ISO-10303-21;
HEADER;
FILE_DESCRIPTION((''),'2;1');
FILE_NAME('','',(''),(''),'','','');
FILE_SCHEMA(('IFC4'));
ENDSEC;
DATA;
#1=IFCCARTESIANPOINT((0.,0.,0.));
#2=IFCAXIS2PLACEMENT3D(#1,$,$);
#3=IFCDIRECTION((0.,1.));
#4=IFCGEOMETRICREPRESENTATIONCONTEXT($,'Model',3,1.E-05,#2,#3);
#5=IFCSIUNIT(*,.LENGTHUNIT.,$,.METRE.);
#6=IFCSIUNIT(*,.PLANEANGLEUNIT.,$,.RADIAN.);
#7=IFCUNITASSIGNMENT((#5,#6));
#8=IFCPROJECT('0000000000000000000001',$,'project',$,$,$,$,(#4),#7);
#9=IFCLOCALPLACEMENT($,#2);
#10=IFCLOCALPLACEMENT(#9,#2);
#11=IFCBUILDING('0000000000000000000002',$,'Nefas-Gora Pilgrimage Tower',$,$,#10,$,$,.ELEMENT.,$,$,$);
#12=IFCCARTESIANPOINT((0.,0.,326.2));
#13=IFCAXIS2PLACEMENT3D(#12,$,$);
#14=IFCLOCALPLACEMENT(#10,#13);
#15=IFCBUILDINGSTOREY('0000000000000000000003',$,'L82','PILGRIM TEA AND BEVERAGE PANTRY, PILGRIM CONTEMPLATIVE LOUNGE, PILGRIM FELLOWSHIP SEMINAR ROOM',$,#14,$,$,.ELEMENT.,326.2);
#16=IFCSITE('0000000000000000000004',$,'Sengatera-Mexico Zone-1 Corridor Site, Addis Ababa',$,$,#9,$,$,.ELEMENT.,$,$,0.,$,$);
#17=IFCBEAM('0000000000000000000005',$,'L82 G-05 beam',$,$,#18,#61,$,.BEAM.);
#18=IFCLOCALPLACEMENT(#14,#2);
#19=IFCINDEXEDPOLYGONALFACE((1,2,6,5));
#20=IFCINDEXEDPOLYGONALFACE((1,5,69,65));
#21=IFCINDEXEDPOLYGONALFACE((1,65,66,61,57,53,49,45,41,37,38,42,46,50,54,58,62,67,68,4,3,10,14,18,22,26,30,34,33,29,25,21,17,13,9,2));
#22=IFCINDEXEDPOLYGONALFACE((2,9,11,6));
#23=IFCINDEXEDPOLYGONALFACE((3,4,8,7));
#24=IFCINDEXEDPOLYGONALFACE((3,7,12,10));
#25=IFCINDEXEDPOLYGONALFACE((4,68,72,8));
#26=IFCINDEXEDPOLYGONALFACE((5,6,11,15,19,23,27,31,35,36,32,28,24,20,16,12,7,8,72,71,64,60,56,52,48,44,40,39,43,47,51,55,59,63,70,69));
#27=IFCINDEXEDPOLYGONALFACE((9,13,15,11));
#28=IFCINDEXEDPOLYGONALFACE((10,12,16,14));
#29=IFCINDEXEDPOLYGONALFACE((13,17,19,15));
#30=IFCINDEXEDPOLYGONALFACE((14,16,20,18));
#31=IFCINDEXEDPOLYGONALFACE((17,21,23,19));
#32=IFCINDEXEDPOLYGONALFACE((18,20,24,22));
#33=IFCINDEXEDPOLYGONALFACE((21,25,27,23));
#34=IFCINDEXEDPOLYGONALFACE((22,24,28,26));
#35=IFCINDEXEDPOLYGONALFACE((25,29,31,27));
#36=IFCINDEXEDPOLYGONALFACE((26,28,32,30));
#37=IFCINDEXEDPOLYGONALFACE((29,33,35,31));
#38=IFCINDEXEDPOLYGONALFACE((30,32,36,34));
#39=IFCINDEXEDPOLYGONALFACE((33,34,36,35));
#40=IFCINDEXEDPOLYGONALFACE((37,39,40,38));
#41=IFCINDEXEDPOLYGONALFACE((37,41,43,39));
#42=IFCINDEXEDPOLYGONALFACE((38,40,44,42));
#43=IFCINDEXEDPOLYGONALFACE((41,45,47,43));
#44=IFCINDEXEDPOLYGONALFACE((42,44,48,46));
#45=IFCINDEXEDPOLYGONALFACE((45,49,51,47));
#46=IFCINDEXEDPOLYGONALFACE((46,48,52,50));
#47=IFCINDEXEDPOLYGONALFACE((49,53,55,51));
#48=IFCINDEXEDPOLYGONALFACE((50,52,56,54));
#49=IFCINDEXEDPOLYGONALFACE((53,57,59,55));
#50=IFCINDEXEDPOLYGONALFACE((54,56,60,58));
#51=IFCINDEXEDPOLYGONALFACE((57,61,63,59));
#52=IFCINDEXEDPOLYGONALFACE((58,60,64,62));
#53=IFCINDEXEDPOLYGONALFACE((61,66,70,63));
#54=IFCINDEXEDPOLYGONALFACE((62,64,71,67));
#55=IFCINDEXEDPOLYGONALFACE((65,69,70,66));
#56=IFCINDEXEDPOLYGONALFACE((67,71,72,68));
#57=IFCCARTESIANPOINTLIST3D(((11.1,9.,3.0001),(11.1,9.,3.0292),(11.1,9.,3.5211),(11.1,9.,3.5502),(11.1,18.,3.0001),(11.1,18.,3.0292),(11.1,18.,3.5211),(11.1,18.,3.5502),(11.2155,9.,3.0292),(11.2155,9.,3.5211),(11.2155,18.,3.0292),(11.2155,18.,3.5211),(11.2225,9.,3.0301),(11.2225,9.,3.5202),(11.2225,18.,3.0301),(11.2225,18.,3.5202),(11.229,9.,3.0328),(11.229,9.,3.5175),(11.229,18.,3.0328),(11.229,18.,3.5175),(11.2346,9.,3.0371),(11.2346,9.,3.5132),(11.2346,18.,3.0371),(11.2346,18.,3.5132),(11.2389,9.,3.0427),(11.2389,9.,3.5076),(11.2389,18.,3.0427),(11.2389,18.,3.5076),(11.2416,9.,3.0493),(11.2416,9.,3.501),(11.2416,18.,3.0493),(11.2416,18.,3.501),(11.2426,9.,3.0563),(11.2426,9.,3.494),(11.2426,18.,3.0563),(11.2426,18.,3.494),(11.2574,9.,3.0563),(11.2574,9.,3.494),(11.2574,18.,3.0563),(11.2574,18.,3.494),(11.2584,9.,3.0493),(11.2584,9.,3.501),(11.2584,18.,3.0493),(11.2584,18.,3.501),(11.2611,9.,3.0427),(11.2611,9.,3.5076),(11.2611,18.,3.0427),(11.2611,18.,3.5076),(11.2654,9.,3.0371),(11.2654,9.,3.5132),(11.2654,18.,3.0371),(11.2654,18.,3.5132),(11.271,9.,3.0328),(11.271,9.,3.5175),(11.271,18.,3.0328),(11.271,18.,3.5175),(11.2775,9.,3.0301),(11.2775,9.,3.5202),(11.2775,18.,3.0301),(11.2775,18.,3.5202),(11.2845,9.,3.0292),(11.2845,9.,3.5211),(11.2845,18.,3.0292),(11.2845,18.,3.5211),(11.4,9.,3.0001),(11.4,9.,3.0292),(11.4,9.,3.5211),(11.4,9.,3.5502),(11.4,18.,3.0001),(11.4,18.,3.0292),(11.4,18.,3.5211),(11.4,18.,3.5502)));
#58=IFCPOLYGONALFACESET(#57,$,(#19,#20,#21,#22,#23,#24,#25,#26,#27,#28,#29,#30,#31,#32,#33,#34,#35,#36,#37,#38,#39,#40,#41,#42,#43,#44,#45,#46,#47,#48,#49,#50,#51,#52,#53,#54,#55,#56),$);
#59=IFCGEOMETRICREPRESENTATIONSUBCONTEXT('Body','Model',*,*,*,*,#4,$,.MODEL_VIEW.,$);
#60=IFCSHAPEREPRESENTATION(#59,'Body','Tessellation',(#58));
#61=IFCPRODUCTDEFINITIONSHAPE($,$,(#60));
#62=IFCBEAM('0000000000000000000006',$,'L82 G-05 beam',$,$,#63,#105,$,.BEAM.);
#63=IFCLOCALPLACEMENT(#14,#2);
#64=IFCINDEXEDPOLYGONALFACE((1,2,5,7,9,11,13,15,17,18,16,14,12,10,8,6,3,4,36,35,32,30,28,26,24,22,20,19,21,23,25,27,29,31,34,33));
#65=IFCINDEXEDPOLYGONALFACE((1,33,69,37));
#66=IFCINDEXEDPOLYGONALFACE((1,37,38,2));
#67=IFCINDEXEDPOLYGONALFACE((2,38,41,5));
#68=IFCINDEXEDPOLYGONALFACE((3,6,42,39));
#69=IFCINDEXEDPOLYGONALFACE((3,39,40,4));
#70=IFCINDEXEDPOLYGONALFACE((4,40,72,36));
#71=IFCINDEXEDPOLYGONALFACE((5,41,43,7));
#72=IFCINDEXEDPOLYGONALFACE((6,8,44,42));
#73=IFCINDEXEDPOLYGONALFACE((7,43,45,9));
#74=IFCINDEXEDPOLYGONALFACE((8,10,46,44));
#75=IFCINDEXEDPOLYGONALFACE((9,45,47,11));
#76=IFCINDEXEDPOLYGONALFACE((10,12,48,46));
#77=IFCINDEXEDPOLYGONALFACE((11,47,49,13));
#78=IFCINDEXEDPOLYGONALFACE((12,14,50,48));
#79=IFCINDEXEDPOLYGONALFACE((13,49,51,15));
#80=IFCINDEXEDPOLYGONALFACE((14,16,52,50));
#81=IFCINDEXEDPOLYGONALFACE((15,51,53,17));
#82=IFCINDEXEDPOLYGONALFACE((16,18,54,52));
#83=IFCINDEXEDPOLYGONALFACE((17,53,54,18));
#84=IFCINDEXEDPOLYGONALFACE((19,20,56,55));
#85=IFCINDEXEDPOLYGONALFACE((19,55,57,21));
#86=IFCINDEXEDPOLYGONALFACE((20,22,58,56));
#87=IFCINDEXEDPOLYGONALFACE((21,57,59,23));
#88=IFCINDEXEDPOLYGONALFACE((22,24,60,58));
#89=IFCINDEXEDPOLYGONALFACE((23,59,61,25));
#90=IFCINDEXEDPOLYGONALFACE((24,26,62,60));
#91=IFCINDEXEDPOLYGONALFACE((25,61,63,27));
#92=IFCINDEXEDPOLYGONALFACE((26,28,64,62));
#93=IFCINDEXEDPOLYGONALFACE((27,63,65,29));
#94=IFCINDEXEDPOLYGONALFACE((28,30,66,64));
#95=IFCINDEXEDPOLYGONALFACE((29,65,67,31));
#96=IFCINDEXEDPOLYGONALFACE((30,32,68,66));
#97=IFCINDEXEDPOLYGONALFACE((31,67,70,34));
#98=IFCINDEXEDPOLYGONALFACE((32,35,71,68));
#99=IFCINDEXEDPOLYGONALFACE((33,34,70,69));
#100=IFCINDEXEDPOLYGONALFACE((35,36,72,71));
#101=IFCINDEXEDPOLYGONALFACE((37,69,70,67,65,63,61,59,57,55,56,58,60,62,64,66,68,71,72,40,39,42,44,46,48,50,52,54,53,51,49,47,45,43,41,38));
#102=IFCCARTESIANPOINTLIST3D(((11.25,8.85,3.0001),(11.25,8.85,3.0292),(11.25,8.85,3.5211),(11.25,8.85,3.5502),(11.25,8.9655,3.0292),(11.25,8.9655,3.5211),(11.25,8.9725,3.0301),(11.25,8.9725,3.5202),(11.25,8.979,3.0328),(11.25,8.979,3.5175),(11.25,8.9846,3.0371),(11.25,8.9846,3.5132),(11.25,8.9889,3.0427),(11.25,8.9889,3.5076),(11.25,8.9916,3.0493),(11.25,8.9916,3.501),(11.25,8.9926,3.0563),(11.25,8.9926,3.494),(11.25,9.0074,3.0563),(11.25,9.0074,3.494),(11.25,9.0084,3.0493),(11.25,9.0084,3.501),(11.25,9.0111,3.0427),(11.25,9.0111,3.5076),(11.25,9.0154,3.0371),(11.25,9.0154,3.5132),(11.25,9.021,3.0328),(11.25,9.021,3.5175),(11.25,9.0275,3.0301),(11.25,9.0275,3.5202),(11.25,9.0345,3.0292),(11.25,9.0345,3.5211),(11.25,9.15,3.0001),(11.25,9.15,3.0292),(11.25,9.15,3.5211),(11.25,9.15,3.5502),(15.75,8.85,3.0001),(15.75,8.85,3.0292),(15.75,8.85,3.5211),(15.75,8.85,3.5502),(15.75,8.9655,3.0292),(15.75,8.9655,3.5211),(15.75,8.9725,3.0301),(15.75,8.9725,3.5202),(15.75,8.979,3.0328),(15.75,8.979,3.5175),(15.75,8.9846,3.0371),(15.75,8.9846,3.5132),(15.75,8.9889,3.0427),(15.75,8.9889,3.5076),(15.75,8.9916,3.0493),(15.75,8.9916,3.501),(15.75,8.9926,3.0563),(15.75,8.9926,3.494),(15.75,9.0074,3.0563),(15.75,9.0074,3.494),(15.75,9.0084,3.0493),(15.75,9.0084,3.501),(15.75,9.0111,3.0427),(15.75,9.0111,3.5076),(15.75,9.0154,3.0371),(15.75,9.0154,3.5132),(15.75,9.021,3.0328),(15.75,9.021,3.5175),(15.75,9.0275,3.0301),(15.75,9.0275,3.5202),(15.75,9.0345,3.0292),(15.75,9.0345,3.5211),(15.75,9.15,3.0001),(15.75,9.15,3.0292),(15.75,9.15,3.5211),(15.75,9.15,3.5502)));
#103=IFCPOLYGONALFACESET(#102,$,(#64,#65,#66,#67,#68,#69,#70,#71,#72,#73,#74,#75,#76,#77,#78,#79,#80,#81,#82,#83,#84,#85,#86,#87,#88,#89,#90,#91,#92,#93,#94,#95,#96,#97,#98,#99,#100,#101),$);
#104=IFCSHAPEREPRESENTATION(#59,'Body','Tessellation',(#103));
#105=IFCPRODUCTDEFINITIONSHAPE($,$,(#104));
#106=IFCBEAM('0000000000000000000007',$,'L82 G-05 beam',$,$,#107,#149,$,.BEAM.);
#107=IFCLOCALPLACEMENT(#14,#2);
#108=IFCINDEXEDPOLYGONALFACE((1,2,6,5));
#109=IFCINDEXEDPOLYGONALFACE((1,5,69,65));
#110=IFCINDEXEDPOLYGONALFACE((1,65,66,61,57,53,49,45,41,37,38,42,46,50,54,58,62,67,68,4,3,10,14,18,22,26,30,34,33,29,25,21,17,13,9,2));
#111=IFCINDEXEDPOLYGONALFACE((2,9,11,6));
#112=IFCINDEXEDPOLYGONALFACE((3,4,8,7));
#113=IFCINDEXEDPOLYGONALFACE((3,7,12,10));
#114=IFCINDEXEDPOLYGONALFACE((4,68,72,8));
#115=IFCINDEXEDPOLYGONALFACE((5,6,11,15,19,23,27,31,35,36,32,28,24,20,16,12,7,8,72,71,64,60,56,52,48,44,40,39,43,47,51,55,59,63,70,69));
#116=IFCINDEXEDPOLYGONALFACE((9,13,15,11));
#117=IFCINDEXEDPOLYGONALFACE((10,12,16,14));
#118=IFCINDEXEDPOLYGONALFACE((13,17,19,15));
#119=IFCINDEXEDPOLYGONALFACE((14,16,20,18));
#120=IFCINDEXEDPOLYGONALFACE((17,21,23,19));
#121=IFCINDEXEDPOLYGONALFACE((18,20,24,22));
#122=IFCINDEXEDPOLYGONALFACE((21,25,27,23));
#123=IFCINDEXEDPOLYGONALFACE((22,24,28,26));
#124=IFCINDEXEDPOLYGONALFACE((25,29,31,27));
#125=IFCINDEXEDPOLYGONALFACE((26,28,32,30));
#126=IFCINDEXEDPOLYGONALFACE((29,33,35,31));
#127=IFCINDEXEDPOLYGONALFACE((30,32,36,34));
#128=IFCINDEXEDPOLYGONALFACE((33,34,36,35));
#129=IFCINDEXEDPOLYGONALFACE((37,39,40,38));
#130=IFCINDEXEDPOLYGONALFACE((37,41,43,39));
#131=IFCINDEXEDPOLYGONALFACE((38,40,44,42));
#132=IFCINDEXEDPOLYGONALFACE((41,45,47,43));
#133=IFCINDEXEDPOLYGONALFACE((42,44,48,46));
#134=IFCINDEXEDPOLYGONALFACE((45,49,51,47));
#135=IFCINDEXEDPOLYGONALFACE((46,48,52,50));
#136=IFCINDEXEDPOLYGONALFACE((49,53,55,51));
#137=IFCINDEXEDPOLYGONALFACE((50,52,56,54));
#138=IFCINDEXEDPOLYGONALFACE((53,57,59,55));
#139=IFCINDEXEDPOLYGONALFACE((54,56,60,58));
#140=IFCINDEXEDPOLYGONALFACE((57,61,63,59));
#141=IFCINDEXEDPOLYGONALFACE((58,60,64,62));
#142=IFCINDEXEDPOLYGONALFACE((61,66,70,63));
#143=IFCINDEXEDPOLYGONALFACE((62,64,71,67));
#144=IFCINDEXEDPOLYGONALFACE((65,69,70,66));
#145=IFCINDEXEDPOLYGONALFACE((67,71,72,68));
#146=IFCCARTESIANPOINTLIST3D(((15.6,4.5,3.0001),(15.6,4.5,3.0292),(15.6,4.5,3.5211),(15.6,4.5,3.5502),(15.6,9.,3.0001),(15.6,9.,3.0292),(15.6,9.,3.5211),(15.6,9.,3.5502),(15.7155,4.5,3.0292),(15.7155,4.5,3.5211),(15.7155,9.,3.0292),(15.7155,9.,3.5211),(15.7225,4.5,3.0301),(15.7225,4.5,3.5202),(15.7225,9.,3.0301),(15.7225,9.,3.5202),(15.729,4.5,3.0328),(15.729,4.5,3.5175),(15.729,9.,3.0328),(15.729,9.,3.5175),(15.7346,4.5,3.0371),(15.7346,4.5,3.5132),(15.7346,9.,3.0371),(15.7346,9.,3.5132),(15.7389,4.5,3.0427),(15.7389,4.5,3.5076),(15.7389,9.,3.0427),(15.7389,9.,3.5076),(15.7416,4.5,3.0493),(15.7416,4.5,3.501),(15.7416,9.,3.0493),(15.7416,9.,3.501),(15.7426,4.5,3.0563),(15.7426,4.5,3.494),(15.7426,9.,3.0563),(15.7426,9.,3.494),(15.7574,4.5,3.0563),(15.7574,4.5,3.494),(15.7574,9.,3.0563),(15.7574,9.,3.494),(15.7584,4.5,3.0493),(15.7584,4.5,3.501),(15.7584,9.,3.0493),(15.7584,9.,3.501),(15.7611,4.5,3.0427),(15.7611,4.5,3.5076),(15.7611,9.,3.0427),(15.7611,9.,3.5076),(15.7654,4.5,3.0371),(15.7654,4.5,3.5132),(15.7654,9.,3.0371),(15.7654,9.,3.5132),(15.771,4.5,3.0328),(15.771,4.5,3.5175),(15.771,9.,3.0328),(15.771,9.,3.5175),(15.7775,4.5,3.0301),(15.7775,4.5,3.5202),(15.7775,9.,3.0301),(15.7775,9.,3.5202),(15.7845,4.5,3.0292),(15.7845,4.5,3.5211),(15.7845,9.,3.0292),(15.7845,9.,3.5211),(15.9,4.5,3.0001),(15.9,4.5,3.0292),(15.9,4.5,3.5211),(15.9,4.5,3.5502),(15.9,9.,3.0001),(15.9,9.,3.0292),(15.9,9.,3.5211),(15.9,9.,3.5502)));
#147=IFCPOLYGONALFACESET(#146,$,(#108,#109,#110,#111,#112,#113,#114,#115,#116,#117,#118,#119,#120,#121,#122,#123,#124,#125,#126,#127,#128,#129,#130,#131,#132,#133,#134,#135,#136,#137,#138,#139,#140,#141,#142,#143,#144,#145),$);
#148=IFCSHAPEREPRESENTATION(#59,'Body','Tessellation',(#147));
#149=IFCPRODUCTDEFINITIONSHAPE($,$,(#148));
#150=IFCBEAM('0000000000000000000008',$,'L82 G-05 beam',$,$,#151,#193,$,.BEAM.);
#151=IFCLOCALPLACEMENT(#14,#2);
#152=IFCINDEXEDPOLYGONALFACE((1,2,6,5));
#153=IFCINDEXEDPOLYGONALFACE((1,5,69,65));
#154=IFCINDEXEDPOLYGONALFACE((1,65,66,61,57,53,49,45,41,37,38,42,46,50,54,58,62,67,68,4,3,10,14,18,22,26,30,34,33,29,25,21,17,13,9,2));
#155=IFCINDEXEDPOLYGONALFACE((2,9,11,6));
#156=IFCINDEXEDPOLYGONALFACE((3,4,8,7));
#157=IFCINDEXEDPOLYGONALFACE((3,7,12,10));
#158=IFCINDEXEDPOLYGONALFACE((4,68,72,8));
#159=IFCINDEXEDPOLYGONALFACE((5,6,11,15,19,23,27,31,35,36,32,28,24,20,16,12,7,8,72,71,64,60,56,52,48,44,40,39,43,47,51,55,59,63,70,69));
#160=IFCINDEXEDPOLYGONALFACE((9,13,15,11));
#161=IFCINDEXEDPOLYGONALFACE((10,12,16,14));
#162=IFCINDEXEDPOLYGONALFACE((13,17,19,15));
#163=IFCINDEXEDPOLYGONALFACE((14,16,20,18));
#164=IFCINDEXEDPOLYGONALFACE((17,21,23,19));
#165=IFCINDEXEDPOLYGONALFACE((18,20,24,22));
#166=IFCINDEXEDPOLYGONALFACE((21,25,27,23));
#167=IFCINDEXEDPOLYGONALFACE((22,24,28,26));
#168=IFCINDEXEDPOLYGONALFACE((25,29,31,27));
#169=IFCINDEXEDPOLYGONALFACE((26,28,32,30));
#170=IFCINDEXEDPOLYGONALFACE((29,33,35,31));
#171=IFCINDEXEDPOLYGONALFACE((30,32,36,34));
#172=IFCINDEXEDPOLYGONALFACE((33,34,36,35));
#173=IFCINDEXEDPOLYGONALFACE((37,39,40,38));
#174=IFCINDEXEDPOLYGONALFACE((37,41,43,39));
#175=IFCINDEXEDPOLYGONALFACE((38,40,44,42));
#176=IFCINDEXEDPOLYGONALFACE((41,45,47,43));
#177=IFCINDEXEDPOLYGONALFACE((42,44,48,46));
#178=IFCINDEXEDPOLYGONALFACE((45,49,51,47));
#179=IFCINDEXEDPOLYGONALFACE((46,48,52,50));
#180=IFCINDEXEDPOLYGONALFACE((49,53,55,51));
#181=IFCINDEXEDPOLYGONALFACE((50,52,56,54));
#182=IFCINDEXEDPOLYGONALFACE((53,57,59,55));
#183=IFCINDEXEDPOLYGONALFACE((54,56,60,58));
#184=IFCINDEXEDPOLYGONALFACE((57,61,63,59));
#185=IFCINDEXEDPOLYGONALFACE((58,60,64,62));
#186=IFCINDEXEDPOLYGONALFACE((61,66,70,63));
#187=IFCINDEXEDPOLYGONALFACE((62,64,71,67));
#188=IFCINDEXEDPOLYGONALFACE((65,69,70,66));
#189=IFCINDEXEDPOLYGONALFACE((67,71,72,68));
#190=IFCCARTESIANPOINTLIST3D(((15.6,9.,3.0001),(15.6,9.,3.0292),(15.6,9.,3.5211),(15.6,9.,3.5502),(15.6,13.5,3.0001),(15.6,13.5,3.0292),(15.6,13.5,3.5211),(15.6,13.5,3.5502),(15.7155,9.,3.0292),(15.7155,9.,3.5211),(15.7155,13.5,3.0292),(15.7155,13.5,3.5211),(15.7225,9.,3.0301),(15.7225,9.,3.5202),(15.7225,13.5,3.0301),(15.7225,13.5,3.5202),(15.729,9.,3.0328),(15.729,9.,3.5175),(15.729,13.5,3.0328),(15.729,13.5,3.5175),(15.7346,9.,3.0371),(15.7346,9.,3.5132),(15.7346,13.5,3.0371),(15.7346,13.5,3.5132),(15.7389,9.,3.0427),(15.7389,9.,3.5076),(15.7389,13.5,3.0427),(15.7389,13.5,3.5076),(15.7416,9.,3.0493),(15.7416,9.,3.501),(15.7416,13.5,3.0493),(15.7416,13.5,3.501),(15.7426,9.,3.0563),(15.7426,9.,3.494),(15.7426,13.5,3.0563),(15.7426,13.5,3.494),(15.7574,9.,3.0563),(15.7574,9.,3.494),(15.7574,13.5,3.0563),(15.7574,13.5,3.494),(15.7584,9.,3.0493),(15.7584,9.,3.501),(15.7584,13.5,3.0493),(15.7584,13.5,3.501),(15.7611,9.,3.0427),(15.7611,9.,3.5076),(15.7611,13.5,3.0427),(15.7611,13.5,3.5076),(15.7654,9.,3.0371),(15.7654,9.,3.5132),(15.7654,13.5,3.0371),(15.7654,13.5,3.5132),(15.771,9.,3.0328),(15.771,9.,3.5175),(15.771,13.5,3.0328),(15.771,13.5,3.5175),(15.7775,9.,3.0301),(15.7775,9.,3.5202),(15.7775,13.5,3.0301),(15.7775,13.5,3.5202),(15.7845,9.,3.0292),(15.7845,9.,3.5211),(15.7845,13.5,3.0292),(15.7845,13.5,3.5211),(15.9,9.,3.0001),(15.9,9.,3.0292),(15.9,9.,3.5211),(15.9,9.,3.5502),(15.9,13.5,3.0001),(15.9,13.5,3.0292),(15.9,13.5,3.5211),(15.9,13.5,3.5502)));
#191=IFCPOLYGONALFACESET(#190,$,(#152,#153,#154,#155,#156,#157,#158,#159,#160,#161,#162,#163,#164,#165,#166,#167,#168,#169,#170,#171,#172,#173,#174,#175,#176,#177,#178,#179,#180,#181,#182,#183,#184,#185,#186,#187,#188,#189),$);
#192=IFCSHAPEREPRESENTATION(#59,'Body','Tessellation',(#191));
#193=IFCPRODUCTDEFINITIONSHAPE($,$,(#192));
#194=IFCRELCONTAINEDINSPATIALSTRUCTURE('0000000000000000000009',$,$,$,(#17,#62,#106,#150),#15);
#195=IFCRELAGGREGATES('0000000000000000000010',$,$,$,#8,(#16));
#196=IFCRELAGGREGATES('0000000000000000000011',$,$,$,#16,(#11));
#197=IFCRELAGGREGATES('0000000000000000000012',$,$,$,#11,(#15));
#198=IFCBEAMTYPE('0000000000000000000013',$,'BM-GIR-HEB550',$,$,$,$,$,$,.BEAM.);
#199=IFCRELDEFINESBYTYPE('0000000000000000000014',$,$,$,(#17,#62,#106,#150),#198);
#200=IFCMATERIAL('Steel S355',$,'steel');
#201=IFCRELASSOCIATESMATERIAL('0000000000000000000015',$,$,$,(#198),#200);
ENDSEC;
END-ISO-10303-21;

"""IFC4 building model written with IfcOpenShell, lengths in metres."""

from ifc_helpers import new_model, si_unit, direction, frame, origin, origin_2d, place, context, subcontext, project, spatial, i_section, extrude, source, transform, mapped, material, material_profile, profile_set, type_object, element, save


model = new_model("IFC4")

# Units and contexts
model_context = context("Model", 3, precision=1e-05, world=origin(), true_north=direction((0.0, 1.0)))
body_context = subcontext(model_context, "Body", "Model", "MODEL_VIEW")
ifc_project = project(units=[si_unit("LENGTHUNIT", "METRE"), si_unit("PLANEANGLEUNIT", "RADIAN")], contexts=[model_context])

# Site, building, storey
site_placement = place(None, origin())
site = spatial("IfcSite", under=ifc_project, at=site_placement, Name="Sengatera-Mexico Zone-1 Corridor Site, Addis Ababa", CompositionType="ELEMENT", RefElevation=0.0)
building_placement = place(site_placement, origin())
building = spatial("IfcBuilding", under=site, at=building_placement, Name="Nefas-Gora Pilgrimage Tower", CompositionType="ELEMENT")
storey_placement = place(building_placement, frame((0.0, 0.0, 326.2)))
storey = spatial("IfcBuildingStorey", under=building, at=storey_placement, Name="L82", Description="PILGRIM TEA AND BEVERAGE PANTRY, PILGRIM CONTEMPLATIVE LOUNGE, PILGRIM FELLOWSHIP SEMINAR ROOM", CompositionType="ELEMENT", Elevation=326.2)

# Shared definitions
ifc_material_1 = material(Name="Steel S355", Category="steel")

# Beams
ifc_material_profile_1 = material_profile(ifc_material_1, i_section(OverallWidth=0.3, OverallDepth=0.55, WebThickness=0.0149, FlangeThickness=0.0291, FilletRadius=0.0271, at=origin_2d()), Name="HEB 550")
ifc_profile_set_1 = profile_set([ifc_material_profile_1], Name="Steel S355")
beam_type_1 = type_object("IfcBeamType", Name="BM-GIR-HEB550", PredefinedType="BEAM", material=ifc_profile_set_1)
shared_shape_1 = source(origin(), body_context, "Body", "SweptSolid", [
    extrude(i_section(OverallWidth=0.3, OverallDepth=0.55, WebThickness=0.0149, FlangeThickness=0.0291, FilletRadius=0.0271, at=origin_2d()), origin(), (0.0, 0.0, 1.0), 9.0),
])
beam_placement = place(storey_placement, frame((11.25, 9.0, 3.2751), z_axis=(0.0, 1.0, 0.0), x_axis=(-1.0, 0.0, 0.0)))
element("IfcBeam", 1, at=beam_placement, inside=storey, type_object=beam_type_1, Name="L82 G-05 beam", PredefinedType="BEAM", context=body_context, shape_type="MappedRepresentation", body=[
    mapped(shared_shape_1, transform((0.0, 0.0, 0.0), x_axis=(1.0, 0.0, 0.0), y_axis=(0.0, 1.0, 0.0), z_axis=(0.0, 0.0, 1.0), scale=1.0)),
])
shared_shape_2 = source(origin(), body_context, "Body", "SweptSolid", [
    extrude(i_section(OverallWidth=0.3, OverallDepth=0.55, WebThickness=0.0149, FlangeThickness=0.0291, FilletRadius=0.0271, at=origin_2d()), origin(), (0.0, 0.0, 1.0), 4.5),
])
for number, where, z_axis, x_axis, name in (
    (2, (11.25, 9.0, 3.2751), (1.0, 0.0, 0.0), (0.0, 1.0, 0.0), "L82 G-05 beam"),
    (3, (15.75, 4.5, 3.2751), (0.0, 1.0, 0.0), (-1.0, 0.0, 0.0), "L82 G-05 beam"),
    (4, (15.75, 9.0, 3.2751), (0.0, 1.0, 0.0), (-1.0, 0.0, 0.0), "L82 G-05 beam"),
):
    element("IfcBeam", number, at=place(storey_placement, frame(where, z_axis=z_axis, x_axis=x_axis)), inside=storey, type_object=beam_type_1, Name=name, PredefinedType="BEAM", context=body_context, shape_type="MappedRepresentation", body=[
        mapped(shared_shape_2, transform((0.0, 0.0, 0.0), x_axis=(1.0, 0.0, 0.0), y_axis=(0.0, 1.0, 0.0), z_axis=(0.0, 0.0, 1.0), scale=1.0)),
    ])

save(model, "model.ifc")
